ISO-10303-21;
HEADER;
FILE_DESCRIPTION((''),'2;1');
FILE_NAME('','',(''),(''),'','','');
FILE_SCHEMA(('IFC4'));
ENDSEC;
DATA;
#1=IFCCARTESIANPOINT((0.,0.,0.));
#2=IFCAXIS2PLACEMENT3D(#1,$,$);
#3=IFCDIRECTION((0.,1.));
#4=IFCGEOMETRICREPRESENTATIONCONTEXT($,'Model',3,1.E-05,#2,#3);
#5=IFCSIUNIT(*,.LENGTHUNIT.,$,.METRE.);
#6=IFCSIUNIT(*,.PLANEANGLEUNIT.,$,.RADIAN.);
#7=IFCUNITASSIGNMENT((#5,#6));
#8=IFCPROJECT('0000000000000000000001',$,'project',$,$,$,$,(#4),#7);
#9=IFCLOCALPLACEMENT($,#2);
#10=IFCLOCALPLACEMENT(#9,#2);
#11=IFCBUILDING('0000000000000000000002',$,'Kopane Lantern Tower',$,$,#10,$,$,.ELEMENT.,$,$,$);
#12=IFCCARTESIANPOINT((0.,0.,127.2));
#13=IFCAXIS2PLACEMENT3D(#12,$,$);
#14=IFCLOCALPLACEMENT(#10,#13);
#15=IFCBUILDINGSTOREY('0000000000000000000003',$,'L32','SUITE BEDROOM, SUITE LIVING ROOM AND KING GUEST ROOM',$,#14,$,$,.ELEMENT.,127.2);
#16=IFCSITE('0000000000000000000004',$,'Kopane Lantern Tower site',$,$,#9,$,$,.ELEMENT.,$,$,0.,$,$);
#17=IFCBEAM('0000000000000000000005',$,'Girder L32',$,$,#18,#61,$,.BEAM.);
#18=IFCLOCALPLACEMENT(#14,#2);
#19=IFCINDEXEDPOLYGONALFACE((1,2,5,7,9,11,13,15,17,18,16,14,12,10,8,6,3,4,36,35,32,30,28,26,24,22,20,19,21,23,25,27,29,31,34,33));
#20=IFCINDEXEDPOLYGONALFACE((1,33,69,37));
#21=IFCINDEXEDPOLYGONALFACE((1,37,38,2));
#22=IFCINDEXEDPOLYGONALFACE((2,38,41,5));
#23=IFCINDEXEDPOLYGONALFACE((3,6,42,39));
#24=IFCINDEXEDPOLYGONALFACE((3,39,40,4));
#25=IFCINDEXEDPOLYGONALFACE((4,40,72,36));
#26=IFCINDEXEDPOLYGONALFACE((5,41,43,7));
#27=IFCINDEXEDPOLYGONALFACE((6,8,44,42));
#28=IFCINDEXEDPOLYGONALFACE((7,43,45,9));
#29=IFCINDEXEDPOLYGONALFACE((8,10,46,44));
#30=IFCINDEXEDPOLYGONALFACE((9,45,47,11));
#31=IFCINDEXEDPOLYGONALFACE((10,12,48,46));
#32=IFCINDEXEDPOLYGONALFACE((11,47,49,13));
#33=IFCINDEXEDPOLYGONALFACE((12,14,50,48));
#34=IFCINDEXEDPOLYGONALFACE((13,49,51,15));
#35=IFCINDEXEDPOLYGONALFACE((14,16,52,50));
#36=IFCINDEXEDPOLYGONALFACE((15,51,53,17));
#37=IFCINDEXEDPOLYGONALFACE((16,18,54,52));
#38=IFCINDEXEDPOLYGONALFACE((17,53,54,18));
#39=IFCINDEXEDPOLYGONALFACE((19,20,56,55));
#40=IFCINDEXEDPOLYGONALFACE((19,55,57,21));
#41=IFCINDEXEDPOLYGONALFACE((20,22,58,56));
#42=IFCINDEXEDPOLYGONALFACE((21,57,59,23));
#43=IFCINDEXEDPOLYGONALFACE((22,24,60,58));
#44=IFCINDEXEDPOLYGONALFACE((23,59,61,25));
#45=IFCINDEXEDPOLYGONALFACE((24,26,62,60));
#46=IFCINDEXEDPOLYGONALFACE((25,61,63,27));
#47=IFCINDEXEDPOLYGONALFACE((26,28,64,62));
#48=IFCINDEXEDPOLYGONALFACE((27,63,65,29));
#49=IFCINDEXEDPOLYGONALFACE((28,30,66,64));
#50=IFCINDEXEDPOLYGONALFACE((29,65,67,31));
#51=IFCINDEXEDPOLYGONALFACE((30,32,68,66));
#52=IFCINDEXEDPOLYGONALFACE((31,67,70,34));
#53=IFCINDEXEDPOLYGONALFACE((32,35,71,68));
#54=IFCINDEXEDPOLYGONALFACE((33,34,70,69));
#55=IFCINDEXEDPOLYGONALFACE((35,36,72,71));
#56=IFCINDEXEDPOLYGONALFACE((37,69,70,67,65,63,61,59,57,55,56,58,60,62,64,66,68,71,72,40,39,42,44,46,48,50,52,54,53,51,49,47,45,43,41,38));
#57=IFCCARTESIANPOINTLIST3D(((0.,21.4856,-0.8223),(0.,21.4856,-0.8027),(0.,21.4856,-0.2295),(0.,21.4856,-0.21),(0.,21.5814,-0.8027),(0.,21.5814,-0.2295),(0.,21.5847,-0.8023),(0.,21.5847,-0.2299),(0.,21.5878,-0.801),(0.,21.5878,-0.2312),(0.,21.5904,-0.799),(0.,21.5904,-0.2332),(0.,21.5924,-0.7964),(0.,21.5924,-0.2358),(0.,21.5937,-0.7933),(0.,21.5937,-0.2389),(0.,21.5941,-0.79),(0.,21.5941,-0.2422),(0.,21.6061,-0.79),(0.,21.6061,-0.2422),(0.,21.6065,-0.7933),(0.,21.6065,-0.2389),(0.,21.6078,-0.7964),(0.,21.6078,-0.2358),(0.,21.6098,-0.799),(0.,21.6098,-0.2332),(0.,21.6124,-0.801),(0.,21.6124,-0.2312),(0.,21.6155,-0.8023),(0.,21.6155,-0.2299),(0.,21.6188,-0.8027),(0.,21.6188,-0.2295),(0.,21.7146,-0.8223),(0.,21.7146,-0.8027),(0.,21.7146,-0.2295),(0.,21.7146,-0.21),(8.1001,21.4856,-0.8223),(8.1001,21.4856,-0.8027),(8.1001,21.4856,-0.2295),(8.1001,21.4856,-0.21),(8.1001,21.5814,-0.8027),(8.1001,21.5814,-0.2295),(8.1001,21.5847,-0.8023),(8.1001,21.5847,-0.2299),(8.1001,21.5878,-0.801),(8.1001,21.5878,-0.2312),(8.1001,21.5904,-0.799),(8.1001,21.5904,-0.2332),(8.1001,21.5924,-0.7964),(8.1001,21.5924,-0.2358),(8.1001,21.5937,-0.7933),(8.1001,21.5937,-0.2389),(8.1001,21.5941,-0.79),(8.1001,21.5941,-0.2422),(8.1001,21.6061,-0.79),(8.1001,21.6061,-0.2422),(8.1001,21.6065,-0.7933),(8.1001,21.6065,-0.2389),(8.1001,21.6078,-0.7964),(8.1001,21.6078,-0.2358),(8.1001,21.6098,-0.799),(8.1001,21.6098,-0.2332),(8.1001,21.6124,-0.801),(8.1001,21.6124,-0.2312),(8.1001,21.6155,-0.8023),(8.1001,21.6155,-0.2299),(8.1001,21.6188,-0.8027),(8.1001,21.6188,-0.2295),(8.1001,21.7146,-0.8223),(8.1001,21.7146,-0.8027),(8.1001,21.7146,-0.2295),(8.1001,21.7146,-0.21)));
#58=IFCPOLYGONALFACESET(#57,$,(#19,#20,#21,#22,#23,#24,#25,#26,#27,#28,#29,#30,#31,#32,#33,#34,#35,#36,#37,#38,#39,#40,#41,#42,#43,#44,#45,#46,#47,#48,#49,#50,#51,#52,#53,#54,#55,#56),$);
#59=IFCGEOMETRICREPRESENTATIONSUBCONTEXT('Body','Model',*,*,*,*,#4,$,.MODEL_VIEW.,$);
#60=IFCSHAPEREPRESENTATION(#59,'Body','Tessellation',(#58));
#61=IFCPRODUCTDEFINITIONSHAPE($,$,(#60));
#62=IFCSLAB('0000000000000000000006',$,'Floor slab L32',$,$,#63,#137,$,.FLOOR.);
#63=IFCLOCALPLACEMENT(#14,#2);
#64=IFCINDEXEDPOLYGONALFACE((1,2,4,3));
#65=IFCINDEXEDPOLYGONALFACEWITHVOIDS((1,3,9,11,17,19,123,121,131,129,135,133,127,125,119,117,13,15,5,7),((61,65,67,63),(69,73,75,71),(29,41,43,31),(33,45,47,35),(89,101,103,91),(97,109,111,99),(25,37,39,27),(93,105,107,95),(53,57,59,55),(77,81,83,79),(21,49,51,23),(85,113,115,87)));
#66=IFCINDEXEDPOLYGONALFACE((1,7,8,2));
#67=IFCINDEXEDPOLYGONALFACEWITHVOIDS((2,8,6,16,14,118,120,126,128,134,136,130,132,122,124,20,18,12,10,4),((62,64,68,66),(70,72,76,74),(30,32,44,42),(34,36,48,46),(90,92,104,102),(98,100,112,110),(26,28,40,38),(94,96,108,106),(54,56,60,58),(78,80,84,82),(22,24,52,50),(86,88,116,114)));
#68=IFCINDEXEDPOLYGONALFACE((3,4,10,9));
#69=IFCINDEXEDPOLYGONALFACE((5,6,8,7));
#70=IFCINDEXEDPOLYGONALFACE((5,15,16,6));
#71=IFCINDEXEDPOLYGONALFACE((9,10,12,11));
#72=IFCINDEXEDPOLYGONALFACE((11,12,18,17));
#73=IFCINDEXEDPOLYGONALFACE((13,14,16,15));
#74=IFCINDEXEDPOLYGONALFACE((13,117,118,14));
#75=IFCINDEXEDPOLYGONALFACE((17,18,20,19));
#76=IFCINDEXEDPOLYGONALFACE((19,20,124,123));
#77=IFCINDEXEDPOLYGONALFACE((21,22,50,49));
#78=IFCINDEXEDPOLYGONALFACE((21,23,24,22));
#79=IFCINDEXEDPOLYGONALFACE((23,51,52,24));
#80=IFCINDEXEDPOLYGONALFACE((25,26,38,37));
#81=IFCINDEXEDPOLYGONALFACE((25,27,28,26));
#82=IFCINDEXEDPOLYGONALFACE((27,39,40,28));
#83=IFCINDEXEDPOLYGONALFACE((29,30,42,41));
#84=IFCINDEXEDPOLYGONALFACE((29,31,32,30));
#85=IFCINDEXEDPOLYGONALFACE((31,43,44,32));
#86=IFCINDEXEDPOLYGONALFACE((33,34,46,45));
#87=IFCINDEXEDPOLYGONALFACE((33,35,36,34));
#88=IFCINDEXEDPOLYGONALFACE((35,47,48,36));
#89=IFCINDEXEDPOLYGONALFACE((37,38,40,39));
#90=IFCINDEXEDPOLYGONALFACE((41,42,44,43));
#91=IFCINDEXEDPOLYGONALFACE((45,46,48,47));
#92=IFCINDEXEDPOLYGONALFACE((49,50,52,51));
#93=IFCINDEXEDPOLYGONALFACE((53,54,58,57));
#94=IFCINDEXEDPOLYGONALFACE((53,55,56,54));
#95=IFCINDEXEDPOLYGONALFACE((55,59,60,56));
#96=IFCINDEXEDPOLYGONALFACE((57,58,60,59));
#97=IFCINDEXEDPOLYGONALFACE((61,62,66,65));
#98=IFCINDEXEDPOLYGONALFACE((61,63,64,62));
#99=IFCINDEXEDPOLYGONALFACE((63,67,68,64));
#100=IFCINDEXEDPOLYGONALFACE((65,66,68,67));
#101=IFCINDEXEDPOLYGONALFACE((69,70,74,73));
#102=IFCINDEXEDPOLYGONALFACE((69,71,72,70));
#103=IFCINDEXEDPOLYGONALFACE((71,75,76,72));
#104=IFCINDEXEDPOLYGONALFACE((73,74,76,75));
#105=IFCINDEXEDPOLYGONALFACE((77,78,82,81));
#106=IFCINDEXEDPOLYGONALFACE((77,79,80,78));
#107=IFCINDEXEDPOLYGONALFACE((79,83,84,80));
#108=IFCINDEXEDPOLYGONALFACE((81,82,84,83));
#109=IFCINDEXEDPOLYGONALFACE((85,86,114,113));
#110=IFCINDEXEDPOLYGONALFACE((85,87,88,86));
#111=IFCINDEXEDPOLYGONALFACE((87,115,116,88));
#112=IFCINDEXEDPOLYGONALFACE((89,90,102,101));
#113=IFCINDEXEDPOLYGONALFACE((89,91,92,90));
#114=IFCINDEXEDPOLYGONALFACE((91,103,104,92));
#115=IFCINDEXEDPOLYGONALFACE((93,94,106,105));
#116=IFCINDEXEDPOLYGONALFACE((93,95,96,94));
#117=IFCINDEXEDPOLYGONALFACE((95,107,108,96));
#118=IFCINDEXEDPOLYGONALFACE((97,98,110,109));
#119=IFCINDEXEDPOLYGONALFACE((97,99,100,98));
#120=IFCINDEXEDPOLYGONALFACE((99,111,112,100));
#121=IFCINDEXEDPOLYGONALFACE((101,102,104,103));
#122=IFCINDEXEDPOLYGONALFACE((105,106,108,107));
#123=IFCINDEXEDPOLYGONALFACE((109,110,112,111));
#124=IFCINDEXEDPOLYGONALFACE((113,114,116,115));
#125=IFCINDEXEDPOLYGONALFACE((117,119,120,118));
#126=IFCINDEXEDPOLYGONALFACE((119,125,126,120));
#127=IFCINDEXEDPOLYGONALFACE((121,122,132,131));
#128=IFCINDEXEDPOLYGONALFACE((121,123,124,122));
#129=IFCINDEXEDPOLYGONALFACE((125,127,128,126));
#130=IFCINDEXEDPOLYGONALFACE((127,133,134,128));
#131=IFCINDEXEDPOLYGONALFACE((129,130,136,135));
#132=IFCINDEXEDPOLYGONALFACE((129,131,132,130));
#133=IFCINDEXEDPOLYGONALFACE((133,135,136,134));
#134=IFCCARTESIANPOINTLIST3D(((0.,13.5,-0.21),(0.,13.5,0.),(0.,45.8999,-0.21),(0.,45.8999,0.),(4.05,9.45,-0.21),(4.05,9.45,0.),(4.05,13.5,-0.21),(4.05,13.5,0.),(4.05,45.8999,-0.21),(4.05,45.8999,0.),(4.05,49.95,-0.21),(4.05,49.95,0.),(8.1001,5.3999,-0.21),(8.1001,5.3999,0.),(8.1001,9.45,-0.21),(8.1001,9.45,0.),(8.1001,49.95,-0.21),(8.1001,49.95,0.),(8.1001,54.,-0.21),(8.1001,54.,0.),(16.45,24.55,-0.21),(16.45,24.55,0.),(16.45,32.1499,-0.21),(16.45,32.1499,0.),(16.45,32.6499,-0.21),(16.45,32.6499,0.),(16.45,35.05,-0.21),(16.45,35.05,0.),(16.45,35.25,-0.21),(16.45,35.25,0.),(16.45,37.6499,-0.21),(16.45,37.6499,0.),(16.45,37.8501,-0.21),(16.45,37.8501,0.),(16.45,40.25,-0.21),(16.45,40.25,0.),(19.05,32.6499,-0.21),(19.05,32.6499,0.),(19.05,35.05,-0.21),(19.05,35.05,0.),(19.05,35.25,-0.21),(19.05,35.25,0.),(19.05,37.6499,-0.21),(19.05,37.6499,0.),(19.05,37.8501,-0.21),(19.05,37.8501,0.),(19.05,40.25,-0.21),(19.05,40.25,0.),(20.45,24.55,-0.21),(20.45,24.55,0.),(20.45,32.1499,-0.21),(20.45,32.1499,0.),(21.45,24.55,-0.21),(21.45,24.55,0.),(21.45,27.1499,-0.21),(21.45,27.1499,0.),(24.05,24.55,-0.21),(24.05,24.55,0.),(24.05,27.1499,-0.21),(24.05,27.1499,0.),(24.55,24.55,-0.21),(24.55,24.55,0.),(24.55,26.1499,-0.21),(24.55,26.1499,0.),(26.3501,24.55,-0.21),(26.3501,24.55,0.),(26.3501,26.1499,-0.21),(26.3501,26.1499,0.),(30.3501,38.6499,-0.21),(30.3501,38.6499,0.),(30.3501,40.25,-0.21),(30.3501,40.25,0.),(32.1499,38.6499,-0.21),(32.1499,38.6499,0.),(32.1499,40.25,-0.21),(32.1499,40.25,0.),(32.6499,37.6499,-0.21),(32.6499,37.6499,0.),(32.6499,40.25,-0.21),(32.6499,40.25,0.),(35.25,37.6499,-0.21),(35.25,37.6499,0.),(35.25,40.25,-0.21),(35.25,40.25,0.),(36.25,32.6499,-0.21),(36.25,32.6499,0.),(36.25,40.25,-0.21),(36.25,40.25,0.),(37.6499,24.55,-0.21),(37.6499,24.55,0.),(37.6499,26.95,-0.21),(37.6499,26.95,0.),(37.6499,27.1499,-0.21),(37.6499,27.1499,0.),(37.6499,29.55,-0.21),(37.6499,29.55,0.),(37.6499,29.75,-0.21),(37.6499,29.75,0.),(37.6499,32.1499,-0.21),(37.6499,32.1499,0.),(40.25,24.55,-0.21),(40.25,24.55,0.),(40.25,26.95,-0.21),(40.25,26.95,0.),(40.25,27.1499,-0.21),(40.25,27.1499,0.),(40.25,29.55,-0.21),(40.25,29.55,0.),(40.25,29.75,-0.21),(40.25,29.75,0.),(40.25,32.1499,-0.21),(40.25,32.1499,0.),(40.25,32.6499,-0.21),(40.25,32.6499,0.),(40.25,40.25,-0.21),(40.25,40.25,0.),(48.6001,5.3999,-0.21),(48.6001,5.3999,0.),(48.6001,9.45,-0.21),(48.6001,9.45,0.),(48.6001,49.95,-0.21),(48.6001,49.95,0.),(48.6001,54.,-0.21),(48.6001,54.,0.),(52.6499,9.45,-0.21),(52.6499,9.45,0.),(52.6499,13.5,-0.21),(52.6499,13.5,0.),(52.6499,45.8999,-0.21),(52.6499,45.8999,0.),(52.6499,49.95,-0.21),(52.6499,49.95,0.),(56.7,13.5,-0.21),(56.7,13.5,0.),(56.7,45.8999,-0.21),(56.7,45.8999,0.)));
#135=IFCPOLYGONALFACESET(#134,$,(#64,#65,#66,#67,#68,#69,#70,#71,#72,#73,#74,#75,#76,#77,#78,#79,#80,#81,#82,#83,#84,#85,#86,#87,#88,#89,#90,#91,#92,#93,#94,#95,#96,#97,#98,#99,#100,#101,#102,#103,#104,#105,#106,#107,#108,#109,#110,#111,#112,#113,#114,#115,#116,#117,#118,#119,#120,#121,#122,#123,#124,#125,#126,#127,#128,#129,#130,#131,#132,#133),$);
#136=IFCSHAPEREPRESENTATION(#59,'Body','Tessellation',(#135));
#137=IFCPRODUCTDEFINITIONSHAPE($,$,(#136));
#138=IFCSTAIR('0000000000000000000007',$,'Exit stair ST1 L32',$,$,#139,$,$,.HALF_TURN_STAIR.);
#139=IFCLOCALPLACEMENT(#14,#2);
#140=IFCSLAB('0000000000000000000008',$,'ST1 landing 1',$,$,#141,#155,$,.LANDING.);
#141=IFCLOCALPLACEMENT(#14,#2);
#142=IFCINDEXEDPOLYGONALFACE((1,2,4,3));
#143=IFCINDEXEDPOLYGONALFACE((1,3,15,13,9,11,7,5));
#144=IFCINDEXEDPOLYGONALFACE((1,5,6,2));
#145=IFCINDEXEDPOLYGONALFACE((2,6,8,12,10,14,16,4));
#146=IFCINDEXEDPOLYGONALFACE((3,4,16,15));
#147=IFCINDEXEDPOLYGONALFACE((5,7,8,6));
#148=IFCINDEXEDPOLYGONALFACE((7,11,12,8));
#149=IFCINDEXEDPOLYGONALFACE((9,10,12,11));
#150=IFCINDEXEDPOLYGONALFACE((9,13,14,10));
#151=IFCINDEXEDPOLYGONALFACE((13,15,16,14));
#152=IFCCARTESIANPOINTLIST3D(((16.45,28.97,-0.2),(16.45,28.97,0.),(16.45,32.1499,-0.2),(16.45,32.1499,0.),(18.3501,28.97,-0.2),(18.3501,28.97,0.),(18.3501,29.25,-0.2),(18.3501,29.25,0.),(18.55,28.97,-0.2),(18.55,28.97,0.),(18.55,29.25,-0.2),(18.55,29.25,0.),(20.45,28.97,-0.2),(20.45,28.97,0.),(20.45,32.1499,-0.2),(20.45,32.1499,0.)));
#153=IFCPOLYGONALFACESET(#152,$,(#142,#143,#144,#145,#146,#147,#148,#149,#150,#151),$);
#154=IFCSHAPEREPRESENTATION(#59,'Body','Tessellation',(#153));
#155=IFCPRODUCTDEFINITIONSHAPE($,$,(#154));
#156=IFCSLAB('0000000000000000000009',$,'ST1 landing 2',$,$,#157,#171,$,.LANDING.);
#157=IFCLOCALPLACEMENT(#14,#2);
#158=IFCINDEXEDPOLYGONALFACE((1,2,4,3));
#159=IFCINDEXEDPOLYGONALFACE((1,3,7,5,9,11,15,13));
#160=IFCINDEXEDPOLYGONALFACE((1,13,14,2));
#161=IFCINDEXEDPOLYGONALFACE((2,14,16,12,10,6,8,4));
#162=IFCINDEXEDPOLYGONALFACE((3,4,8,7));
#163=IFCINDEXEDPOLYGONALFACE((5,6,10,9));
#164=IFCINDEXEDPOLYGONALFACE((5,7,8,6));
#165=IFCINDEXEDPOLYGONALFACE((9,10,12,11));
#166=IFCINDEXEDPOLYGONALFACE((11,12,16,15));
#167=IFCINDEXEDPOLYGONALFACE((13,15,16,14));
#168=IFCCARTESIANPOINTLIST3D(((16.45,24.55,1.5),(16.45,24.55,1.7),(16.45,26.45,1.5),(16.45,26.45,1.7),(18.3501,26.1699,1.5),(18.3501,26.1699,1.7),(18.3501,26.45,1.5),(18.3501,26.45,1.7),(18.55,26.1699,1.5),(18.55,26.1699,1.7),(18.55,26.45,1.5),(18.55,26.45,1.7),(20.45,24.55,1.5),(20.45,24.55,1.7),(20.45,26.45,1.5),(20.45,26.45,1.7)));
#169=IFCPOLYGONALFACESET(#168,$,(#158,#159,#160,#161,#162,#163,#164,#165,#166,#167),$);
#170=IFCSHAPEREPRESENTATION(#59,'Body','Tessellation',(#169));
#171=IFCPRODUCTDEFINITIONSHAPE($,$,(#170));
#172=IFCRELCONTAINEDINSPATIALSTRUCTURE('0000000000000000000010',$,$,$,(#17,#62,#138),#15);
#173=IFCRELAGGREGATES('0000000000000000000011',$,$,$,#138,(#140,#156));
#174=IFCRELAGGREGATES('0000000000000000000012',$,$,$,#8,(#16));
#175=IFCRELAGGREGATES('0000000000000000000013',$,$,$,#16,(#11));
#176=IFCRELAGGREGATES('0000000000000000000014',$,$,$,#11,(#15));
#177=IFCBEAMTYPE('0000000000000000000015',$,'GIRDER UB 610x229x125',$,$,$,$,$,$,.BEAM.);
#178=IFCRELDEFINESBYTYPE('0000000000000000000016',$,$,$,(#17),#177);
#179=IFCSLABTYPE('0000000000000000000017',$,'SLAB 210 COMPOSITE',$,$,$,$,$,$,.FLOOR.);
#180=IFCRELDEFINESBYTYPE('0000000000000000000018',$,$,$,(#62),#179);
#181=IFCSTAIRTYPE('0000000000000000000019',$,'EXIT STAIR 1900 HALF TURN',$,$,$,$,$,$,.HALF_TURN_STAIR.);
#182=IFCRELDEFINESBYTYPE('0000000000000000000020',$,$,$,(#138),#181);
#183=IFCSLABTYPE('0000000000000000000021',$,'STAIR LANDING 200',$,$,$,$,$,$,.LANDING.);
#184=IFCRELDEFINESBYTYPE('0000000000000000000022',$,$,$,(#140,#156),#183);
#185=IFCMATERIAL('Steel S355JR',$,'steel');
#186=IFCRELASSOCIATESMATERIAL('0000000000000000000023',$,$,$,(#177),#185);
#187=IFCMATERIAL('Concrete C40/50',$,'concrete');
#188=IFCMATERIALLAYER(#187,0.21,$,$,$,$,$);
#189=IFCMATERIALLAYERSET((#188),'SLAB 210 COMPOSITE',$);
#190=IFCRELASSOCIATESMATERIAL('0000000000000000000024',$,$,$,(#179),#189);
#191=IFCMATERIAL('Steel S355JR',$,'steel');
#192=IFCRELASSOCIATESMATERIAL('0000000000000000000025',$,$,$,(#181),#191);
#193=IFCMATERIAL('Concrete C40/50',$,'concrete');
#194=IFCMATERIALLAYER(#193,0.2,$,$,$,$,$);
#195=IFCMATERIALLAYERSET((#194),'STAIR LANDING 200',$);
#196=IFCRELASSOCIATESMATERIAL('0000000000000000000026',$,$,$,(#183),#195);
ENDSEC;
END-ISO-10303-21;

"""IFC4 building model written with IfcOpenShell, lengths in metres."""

from ifc_helpers import new_model, si_unit, direction, frame, origin, origin_2d, place, context, subcontext, project, spatial, polyline, i_section, outline, extrude, material, layer, layer_set, material_profile, profile_set, type_object, element, aggregate, save


model = new_model("IFC4")

# Units and contexts
model_context = context("Model", 3, precision=1e-05, world=origin(), true_north=direction((0.0, 1.0)))
body_context = subcontext(model_context, "Body", "Model", "MODEL_VIEW")
ifc_project = project(units=[si_unit("LENGTHUNIT", "METRE"), si_unit("PLANEANGLEUNIT", "RADIAN")], contexts=[model_context])

# Site, building, storey
site_placement = place(None, origin())
site = spatial("IfcSite", under=ifc_project, at=site_placement, Name="Kopane Lantern Tower site", CompositionType="ELEMENT", RefElevation=0.0)
building_placement = place(site_placement, origin())
building = spatial("IfcBuilding", under=site, at=building_placement, Name="Kopane Lantern Tower", CompositionType="ELEMENT")
storey_placement = place(building_placement, frame((0.0, 0.0, 127.2)))
storey = spatial("IfcBuildingStorey", under=building, at=storey_placement, Name="L32", Description="SUITE BEDROOM, SUITE LIVING ROOM AND KING GUEST ROOM", CompositionType="ELEMENT", Elevation=127.2)

# Beam
ifc_material_1 = material(Name="Steel S355JR", Category="steel")
ifc_material_profile_1 = material_profile(ifc_material_1, i_section(OverallWidth=0.229, OverallDepth=0.6123, WebThickness=0.012, FlangeThickness=0.0195, FilletRadius=0.0127, at=origin_2d()), Name="UB 610x229x125")
ifc_profile_set_1 = profile_set([ifc_material_profile_1], Name="Steel S355JR")
beam_type_1 = type_object("IfcBeamType", Name="GIRDER UB 610x229x125", PredefinedType="BEAM", material=ifc_profile_set_1)
beam_1_placement = place(storey_placement, frame((0.0, 21.6001, -0.5161), z_axis=(1.0, 0.0, 0.0), x_axis=(0.0, 1.0, 0.0)))
element("IfcBeam", 1, at=beam_1_placement, inside=storey, type_object=beam_type_1, Name="Girder L32", PredefinedType="BEAM", context=body_context, shape_type="SweptSolid", body=[
    extrude(i_section(OverallWidth=0.229, OverallDepth=0.6123, WebThickness=0.012, FlangeThickness=0.0195, FilletRadius=0.0127, at=origin_2d()), origin(), (0.0, 0.0, 1.0), 8.1001),
])

# Slab
ifc_material_2 = material(Name="Concrete C40/50", Category="concrete")
ifc_layer_1 = layer(ifc_material_2, 0.21)
ifc_layer_set_1 = layer_set([ifc_layer_1], Name="SLAB 210 COMPOSITE")
slab_type_1 = type_object("IfcSlabType", Name="SLAB 210 COMPOSITE", PredefinedType="FLOOR", material=ifc_layer_set_1)
slab_1_placement = place(storey_placement, frame((0.0, 0.0, -0.21)))
element("IfcSlab", 2, at=slab_1_placement, inside=storey, type_object=slab_type_1, Name="Floor slab L32", PredefinedType="FLOOR", context=body_context, shape_type="SweptSolid", body=[
    extrude(outline(polyline([(8.1001, 5.3999), (48.6001, 5.3999), (48.6001, 9.45), (52.6499, 9.45), (52.6499, 13.5), (56.7, 13.5), (56.7, 45.8999), (52.6499, 45.8999), (52.6499, 49.95), (48.6001, 49.95), (48.6001, 54.0), (8.1001, 54.0), (8.1001, 49.95), (4.05, 49.95), (4.05, 45.8999), (0.0, 45.8999), (0.0, 13.5), (4.05, 13.5), (4.05, 9.45), (8.1001, 9.45), (8.1001, 5.3999)]), holes=[polyline([(16.45, 24.55), (20.45, 24.55), (20.45, 32.1499), (16.45, 32.1499), (16.45, 24.55)]), polyline([(36.25, 32.6499), (40.25, 32.6499), (40.25, 40.25), (36.25, 40.25), (36.25, 32.6499)]), polyline([(16.45, 32.6499), (19.05, 32.6499), (19.05, 35.05), (16.45, 35.05), (16.45, 32.6499)]), polyline([(16.45, 35.25), (19.05, 35.25), (19.05, 37.6499), (16.45, 37.6499), (16.45, 35.25)]), polyline([(16.45, 37.8501), (19.05, 37.8501), (19.05, 40.25), (16.45, 40.25), (16.45, 37.8501)]), polyline([(37.6499, 24.55), (40.25, 24.55), (40.25, 26.95), (37.6499, 26.95), (37.6499, 24.55)]), polyline([(37.6499, 27.1499), (40.25, 27.1499), (40.25, 29.55), (37.6499, 29.55), (37.6499, 27.1499)]), polyline([(37.6499, 29.75), (40.25, 29.75), (40.25, 32.1499), (37.6499, 32.1499), (37.6499, 29.75)]), polyline([(21.45, 24.55), (24.05, 24.55), (24.05, 27.1499), (21.45, 27.1499), (21.45, 24.55)]), polyline([(32.6499, 37.6499), (35.25, 37.6499), (35.25, 40.25), (32.6499, 40.25), (32.6499, 37.6499)]), polyline([(24.55, 24.55), (26.3501, 24.55), (26.3501, 26.1499), (24.55, 26.1499), (24.55, 24.55)]), polyline([(30.3501, 38.6499), (32.1499, 38.6499), (32.1499, 40.25), (30.3501, 40.25), (30.3501, 38.6499)])]), origin(), (0.0, 0.0, 1.0), 0.21),
])

# Stair, slabs
ifc_material_3 = material(Name="Steel S355JR", Category="steel")
stair_type = type_object("IfcStairType", Name="EXIT STAIR 1900 HALF TURN", PredefinedType="HALF_TURN_STAIR", material=ifc_material_3)
stair_1_placement = place(storey_placement, origin())
stair_1 = element("IfcStair", 3, at=stair_1_placement, inside=storey, type_object=stair_type, Name="Exit stair ST1 L32", PredefinedType="HALF_TURN_STAIR")
ifc_material_4 = material(Name="Concrete C40/50", Category="concrete")
ifc_layer_2 = layer(ifc_material_4, 0.2)
ifc_layer_set_2 = layer_set([ifc_layer_2], Name="STAIR LANDING 200")
slab_type_2 = type_object("IfcSlabType", Name="STAIR LANDING 200", PredefinedType="LANDING", material=ifc_layer_set_2)
slab_2_placement = place(storey_placement, frame((0.0, 0.0, -0.2)))
slab_2 = element("IfcSlab", 4, at=slab_2_placement, type_object=slab_type_2, Name="ST1 landing 1", PredefinedType="LANDING", context=body_context, shape_type="SweptSolid", body=[
    extrude(outline(polyline([(18.3501, 29.25), (18.55, 29.25), (18.55, 28.97), (20.45, 28.97), (20.45, 32.1499), (16.45, 32.1499), (16.45, 28.97), (18.3501, 28.97), (18.3501, 29.25)])), origin(), (0.0, 0.0, 1.0), 0.2),
])
slab_3_placement = place(storey_placement, frame((0.0, 0.0, 1.5)))
slab_3 = element("IfcSlab", 5, at=slab_3_placement, type_object=slab_type_2, Name="ST1 landing 2", PredefinedType="LANDING", context=body_context, shape_type="SweptSolid", body=[
    extrude(outline(polyline([(20.45, 26.45), (18.55, 26.45), (18.55, 26.1699), (18.3501, 26.1699), (18.3501, 26.45), (16.45, 26.45), (16.45, 24.55), (20.45, 24.55), (20.45, 26.45)])), origin(), (0.0, 0.0, 1.0), 0.2),
])
aggregate(stair_1, [slab_2, slab_3])

save(model, "model.ifc")
